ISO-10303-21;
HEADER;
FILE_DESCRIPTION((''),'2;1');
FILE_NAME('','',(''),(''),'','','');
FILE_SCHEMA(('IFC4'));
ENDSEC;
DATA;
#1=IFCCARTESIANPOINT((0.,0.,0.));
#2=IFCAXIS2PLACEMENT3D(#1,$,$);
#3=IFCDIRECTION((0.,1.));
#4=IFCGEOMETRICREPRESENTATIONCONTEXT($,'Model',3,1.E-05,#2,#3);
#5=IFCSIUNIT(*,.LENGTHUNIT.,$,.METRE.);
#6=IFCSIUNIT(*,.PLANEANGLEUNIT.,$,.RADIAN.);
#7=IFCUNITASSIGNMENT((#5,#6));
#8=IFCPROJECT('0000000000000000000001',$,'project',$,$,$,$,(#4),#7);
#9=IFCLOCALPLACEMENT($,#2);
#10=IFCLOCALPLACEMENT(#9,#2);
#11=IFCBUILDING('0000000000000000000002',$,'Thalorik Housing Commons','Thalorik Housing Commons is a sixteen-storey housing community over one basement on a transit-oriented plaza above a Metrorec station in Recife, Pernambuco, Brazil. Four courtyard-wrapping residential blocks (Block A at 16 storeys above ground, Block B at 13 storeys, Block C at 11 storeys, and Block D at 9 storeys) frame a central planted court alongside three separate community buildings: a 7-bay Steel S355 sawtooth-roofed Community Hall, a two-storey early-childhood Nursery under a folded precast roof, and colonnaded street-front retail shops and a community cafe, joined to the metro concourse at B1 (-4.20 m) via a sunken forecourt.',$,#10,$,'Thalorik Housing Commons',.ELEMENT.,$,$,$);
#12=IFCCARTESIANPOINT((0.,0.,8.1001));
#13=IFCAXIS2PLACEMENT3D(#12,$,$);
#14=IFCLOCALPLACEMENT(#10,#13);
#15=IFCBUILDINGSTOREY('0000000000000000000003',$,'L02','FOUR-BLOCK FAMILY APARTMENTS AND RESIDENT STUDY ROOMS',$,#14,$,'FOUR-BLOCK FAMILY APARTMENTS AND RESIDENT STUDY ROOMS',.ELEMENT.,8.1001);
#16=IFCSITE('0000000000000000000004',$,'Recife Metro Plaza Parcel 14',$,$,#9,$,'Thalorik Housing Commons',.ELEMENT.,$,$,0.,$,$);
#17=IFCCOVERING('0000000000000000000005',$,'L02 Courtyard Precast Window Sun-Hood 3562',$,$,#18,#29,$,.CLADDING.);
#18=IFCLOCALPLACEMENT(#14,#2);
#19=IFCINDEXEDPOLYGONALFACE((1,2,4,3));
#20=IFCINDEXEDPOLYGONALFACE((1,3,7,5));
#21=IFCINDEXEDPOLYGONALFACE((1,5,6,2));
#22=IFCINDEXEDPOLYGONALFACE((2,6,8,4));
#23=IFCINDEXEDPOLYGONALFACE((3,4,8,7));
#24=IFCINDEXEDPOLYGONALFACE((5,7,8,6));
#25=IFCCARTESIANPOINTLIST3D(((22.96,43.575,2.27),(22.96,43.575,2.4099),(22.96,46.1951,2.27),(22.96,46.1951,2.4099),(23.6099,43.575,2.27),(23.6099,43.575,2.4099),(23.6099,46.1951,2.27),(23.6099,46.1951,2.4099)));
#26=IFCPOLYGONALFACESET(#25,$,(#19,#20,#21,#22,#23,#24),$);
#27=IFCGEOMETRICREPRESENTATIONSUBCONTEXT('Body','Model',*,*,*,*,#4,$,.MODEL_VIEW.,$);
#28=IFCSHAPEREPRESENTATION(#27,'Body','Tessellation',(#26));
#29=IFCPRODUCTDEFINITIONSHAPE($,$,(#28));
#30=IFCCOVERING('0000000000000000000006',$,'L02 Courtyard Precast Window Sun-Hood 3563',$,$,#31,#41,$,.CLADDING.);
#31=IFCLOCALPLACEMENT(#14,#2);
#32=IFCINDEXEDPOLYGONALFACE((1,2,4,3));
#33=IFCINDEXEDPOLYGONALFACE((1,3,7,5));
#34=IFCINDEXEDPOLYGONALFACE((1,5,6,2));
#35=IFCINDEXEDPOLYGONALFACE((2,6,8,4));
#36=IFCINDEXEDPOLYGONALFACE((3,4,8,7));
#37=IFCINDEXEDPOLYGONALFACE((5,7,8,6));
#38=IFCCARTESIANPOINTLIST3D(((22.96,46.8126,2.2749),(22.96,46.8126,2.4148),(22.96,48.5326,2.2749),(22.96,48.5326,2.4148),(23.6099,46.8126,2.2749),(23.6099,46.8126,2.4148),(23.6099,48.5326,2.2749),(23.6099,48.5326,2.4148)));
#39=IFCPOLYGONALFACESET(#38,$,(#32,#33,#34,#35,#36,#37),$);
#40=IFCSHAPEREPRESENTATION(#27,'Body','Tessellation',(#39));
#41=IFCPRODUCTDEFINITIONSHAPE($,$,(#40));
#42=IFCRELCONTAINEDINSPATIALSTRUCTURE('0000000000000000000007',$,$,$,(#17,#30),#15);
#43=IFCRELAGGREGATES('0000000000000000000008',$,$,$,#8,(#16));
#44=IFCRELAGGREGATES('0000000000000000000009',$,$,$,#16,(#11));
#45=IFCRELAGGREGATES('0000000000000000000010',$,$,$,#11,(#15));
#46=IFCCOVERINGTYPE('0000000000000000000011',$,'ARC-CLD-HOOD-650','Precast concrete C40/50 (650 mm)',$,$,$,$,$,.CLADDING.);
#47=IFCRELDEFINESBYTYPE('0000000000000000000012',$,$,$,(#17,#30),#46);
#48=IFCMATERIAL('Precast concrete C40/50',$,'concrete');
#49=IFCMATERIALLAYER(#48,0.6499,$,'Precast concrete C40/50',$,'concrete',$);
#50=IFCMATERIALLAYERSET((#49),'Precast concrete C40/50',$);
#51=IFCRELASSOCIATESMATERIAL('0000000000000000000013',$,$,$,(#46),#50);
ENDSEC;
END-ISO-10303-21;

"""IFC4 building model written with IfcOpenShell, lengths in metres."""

from ifc_helpers import new_model, si_unit, direction, frame, origin, origin_2d, place, context, subcontext, project, spatial, rectangle, extrude, material, layer, layer_set, type_object, element, save


model = new_model("IFC4")

# Units and contexts
model_context = context("Model", 3, precision=1e-05, world=origin(), true_north=direction((0.0, 1.0)))
body_context = subcontext(model_context, "Body", "Model", "MODEL_VIEW")
ifc_project = project(units=[si_unit("LENGTHUNIT", "METRE"), si_unit("PLANEANGLEUNIT", "RADIAN")], contexts=[model_context])

# Site, building, storey
site_placement = place(None, origin())
site = spatial("IfcSite", under=ifc_project, at=site_placement, Name="Recife Metro Plaza Parcel 14", LongName="Thalorik Housing Commons", CompositionType="ELEMENT", RefElevation=0.0)
building_placement = place(site_placement, origin())
building = spatial("IfcBuilding", under=site, at=building_placement, Name="Thalorik Housing Commons", Description="Thalorik Housing Commons is a sixteen-storey housing community over one basement on a transit-oriented plaza above a Metrorec station in Recife, Pernambuco, Brazil. Four courtyard-wrapping residential blocks (Block A at 16 storeys above ground, Block B at 13 storeys, Block C at 11 storeys, and Block D at 9 storeys) frame a central planted court alongside three separate community buildings: a 7-bay Steel S355 sawtooth-roofed Community Hall, a two-storey early-childhood Nursery under a folded precast roof, and colonnaded street-front retail shops and a community cafe, joined to the metro concourse at B1 (-4.20 m) via a sunken forecourt.", LongName="Thalorik Housing Commons", CompositionType="ELEMENT")
storey_placement = place(building_placement, frame((0.0, 0.0, 8.1001)))
storey = spatial("IfcBuildingStorey", under=building, at=storey_placement, Name="L02", Description="FOUR-BLOCK FAMILY APARTMENTS AND RESIDENT STUDY ROOMS", LongName="FOUR-BLOCK FAMILY APARTMENTS AND RESIDENT STUDY ROOMS", CompositionType="ELEMENT", Elevation=8.1001)

# Shared definitions
ifc_material_1 = material(Name="Precast concrete C40/50", Category="concrete")

# Coverings
ifc_layer_1 = layer(ifc_material_1, 0.6499, Name="Precast concrete C40/50", Category="concrete")
ifc_layer_set_1 = layer_set([ifc_layer_1], Name="Precast concrete C40/50")
covering_type_1 = type_object("IfcCoveringType", Name="ARC-CLD-HOOD-650", Description="Precast concrete C40/50 (650 mm)", PredefinedType="CLADDING", material=ifc_layer_set_1)
covering_1_placement = place(storey_placement, frame((23.2849, 44.885, 2.27), z_axis=(0.0, 0.0, 1.0), x_axis=(0.0, 1.0, 0.0)))
element("IfcCovering", 1, at=covering_1_placement, inside=storey, type_object=covering_type_1, Name="L02 Courtyard Precast Window Sun-Hood 3562", PredefinedType="CLADDING", context=body_context, shape_type="SweptSolid", body=[
    extrude(rectangle(XDim=2.6201, YDim=0.6499, at=origin_2d()), origin(), (0.0, 0.0, 1.0), 0.1399),
])
covering_2_placement = place(storey_placement, frame((23.2849, 47.6726, 2.2749), z_axis=(0.0, 0.0, 1.0), x_axis=(0.0, 1.0, 0.0)))
element("IfcCovering", 2, at=covering_2_placement, inside=storey, type_object=covering_type_1, Name="L02 Courtyard Precast Window Sun-Hood 3563", PredefinedType="CLADDING", context=body_context, shape_type="SweptSolid", body=[
    extrude(rectangle(XDim=1.72, YDim=0.6499, at=origin_2d()), origin(), (0.0, 0.0, 1.0), 0.1399),
])

save(model, "model.ifc")
